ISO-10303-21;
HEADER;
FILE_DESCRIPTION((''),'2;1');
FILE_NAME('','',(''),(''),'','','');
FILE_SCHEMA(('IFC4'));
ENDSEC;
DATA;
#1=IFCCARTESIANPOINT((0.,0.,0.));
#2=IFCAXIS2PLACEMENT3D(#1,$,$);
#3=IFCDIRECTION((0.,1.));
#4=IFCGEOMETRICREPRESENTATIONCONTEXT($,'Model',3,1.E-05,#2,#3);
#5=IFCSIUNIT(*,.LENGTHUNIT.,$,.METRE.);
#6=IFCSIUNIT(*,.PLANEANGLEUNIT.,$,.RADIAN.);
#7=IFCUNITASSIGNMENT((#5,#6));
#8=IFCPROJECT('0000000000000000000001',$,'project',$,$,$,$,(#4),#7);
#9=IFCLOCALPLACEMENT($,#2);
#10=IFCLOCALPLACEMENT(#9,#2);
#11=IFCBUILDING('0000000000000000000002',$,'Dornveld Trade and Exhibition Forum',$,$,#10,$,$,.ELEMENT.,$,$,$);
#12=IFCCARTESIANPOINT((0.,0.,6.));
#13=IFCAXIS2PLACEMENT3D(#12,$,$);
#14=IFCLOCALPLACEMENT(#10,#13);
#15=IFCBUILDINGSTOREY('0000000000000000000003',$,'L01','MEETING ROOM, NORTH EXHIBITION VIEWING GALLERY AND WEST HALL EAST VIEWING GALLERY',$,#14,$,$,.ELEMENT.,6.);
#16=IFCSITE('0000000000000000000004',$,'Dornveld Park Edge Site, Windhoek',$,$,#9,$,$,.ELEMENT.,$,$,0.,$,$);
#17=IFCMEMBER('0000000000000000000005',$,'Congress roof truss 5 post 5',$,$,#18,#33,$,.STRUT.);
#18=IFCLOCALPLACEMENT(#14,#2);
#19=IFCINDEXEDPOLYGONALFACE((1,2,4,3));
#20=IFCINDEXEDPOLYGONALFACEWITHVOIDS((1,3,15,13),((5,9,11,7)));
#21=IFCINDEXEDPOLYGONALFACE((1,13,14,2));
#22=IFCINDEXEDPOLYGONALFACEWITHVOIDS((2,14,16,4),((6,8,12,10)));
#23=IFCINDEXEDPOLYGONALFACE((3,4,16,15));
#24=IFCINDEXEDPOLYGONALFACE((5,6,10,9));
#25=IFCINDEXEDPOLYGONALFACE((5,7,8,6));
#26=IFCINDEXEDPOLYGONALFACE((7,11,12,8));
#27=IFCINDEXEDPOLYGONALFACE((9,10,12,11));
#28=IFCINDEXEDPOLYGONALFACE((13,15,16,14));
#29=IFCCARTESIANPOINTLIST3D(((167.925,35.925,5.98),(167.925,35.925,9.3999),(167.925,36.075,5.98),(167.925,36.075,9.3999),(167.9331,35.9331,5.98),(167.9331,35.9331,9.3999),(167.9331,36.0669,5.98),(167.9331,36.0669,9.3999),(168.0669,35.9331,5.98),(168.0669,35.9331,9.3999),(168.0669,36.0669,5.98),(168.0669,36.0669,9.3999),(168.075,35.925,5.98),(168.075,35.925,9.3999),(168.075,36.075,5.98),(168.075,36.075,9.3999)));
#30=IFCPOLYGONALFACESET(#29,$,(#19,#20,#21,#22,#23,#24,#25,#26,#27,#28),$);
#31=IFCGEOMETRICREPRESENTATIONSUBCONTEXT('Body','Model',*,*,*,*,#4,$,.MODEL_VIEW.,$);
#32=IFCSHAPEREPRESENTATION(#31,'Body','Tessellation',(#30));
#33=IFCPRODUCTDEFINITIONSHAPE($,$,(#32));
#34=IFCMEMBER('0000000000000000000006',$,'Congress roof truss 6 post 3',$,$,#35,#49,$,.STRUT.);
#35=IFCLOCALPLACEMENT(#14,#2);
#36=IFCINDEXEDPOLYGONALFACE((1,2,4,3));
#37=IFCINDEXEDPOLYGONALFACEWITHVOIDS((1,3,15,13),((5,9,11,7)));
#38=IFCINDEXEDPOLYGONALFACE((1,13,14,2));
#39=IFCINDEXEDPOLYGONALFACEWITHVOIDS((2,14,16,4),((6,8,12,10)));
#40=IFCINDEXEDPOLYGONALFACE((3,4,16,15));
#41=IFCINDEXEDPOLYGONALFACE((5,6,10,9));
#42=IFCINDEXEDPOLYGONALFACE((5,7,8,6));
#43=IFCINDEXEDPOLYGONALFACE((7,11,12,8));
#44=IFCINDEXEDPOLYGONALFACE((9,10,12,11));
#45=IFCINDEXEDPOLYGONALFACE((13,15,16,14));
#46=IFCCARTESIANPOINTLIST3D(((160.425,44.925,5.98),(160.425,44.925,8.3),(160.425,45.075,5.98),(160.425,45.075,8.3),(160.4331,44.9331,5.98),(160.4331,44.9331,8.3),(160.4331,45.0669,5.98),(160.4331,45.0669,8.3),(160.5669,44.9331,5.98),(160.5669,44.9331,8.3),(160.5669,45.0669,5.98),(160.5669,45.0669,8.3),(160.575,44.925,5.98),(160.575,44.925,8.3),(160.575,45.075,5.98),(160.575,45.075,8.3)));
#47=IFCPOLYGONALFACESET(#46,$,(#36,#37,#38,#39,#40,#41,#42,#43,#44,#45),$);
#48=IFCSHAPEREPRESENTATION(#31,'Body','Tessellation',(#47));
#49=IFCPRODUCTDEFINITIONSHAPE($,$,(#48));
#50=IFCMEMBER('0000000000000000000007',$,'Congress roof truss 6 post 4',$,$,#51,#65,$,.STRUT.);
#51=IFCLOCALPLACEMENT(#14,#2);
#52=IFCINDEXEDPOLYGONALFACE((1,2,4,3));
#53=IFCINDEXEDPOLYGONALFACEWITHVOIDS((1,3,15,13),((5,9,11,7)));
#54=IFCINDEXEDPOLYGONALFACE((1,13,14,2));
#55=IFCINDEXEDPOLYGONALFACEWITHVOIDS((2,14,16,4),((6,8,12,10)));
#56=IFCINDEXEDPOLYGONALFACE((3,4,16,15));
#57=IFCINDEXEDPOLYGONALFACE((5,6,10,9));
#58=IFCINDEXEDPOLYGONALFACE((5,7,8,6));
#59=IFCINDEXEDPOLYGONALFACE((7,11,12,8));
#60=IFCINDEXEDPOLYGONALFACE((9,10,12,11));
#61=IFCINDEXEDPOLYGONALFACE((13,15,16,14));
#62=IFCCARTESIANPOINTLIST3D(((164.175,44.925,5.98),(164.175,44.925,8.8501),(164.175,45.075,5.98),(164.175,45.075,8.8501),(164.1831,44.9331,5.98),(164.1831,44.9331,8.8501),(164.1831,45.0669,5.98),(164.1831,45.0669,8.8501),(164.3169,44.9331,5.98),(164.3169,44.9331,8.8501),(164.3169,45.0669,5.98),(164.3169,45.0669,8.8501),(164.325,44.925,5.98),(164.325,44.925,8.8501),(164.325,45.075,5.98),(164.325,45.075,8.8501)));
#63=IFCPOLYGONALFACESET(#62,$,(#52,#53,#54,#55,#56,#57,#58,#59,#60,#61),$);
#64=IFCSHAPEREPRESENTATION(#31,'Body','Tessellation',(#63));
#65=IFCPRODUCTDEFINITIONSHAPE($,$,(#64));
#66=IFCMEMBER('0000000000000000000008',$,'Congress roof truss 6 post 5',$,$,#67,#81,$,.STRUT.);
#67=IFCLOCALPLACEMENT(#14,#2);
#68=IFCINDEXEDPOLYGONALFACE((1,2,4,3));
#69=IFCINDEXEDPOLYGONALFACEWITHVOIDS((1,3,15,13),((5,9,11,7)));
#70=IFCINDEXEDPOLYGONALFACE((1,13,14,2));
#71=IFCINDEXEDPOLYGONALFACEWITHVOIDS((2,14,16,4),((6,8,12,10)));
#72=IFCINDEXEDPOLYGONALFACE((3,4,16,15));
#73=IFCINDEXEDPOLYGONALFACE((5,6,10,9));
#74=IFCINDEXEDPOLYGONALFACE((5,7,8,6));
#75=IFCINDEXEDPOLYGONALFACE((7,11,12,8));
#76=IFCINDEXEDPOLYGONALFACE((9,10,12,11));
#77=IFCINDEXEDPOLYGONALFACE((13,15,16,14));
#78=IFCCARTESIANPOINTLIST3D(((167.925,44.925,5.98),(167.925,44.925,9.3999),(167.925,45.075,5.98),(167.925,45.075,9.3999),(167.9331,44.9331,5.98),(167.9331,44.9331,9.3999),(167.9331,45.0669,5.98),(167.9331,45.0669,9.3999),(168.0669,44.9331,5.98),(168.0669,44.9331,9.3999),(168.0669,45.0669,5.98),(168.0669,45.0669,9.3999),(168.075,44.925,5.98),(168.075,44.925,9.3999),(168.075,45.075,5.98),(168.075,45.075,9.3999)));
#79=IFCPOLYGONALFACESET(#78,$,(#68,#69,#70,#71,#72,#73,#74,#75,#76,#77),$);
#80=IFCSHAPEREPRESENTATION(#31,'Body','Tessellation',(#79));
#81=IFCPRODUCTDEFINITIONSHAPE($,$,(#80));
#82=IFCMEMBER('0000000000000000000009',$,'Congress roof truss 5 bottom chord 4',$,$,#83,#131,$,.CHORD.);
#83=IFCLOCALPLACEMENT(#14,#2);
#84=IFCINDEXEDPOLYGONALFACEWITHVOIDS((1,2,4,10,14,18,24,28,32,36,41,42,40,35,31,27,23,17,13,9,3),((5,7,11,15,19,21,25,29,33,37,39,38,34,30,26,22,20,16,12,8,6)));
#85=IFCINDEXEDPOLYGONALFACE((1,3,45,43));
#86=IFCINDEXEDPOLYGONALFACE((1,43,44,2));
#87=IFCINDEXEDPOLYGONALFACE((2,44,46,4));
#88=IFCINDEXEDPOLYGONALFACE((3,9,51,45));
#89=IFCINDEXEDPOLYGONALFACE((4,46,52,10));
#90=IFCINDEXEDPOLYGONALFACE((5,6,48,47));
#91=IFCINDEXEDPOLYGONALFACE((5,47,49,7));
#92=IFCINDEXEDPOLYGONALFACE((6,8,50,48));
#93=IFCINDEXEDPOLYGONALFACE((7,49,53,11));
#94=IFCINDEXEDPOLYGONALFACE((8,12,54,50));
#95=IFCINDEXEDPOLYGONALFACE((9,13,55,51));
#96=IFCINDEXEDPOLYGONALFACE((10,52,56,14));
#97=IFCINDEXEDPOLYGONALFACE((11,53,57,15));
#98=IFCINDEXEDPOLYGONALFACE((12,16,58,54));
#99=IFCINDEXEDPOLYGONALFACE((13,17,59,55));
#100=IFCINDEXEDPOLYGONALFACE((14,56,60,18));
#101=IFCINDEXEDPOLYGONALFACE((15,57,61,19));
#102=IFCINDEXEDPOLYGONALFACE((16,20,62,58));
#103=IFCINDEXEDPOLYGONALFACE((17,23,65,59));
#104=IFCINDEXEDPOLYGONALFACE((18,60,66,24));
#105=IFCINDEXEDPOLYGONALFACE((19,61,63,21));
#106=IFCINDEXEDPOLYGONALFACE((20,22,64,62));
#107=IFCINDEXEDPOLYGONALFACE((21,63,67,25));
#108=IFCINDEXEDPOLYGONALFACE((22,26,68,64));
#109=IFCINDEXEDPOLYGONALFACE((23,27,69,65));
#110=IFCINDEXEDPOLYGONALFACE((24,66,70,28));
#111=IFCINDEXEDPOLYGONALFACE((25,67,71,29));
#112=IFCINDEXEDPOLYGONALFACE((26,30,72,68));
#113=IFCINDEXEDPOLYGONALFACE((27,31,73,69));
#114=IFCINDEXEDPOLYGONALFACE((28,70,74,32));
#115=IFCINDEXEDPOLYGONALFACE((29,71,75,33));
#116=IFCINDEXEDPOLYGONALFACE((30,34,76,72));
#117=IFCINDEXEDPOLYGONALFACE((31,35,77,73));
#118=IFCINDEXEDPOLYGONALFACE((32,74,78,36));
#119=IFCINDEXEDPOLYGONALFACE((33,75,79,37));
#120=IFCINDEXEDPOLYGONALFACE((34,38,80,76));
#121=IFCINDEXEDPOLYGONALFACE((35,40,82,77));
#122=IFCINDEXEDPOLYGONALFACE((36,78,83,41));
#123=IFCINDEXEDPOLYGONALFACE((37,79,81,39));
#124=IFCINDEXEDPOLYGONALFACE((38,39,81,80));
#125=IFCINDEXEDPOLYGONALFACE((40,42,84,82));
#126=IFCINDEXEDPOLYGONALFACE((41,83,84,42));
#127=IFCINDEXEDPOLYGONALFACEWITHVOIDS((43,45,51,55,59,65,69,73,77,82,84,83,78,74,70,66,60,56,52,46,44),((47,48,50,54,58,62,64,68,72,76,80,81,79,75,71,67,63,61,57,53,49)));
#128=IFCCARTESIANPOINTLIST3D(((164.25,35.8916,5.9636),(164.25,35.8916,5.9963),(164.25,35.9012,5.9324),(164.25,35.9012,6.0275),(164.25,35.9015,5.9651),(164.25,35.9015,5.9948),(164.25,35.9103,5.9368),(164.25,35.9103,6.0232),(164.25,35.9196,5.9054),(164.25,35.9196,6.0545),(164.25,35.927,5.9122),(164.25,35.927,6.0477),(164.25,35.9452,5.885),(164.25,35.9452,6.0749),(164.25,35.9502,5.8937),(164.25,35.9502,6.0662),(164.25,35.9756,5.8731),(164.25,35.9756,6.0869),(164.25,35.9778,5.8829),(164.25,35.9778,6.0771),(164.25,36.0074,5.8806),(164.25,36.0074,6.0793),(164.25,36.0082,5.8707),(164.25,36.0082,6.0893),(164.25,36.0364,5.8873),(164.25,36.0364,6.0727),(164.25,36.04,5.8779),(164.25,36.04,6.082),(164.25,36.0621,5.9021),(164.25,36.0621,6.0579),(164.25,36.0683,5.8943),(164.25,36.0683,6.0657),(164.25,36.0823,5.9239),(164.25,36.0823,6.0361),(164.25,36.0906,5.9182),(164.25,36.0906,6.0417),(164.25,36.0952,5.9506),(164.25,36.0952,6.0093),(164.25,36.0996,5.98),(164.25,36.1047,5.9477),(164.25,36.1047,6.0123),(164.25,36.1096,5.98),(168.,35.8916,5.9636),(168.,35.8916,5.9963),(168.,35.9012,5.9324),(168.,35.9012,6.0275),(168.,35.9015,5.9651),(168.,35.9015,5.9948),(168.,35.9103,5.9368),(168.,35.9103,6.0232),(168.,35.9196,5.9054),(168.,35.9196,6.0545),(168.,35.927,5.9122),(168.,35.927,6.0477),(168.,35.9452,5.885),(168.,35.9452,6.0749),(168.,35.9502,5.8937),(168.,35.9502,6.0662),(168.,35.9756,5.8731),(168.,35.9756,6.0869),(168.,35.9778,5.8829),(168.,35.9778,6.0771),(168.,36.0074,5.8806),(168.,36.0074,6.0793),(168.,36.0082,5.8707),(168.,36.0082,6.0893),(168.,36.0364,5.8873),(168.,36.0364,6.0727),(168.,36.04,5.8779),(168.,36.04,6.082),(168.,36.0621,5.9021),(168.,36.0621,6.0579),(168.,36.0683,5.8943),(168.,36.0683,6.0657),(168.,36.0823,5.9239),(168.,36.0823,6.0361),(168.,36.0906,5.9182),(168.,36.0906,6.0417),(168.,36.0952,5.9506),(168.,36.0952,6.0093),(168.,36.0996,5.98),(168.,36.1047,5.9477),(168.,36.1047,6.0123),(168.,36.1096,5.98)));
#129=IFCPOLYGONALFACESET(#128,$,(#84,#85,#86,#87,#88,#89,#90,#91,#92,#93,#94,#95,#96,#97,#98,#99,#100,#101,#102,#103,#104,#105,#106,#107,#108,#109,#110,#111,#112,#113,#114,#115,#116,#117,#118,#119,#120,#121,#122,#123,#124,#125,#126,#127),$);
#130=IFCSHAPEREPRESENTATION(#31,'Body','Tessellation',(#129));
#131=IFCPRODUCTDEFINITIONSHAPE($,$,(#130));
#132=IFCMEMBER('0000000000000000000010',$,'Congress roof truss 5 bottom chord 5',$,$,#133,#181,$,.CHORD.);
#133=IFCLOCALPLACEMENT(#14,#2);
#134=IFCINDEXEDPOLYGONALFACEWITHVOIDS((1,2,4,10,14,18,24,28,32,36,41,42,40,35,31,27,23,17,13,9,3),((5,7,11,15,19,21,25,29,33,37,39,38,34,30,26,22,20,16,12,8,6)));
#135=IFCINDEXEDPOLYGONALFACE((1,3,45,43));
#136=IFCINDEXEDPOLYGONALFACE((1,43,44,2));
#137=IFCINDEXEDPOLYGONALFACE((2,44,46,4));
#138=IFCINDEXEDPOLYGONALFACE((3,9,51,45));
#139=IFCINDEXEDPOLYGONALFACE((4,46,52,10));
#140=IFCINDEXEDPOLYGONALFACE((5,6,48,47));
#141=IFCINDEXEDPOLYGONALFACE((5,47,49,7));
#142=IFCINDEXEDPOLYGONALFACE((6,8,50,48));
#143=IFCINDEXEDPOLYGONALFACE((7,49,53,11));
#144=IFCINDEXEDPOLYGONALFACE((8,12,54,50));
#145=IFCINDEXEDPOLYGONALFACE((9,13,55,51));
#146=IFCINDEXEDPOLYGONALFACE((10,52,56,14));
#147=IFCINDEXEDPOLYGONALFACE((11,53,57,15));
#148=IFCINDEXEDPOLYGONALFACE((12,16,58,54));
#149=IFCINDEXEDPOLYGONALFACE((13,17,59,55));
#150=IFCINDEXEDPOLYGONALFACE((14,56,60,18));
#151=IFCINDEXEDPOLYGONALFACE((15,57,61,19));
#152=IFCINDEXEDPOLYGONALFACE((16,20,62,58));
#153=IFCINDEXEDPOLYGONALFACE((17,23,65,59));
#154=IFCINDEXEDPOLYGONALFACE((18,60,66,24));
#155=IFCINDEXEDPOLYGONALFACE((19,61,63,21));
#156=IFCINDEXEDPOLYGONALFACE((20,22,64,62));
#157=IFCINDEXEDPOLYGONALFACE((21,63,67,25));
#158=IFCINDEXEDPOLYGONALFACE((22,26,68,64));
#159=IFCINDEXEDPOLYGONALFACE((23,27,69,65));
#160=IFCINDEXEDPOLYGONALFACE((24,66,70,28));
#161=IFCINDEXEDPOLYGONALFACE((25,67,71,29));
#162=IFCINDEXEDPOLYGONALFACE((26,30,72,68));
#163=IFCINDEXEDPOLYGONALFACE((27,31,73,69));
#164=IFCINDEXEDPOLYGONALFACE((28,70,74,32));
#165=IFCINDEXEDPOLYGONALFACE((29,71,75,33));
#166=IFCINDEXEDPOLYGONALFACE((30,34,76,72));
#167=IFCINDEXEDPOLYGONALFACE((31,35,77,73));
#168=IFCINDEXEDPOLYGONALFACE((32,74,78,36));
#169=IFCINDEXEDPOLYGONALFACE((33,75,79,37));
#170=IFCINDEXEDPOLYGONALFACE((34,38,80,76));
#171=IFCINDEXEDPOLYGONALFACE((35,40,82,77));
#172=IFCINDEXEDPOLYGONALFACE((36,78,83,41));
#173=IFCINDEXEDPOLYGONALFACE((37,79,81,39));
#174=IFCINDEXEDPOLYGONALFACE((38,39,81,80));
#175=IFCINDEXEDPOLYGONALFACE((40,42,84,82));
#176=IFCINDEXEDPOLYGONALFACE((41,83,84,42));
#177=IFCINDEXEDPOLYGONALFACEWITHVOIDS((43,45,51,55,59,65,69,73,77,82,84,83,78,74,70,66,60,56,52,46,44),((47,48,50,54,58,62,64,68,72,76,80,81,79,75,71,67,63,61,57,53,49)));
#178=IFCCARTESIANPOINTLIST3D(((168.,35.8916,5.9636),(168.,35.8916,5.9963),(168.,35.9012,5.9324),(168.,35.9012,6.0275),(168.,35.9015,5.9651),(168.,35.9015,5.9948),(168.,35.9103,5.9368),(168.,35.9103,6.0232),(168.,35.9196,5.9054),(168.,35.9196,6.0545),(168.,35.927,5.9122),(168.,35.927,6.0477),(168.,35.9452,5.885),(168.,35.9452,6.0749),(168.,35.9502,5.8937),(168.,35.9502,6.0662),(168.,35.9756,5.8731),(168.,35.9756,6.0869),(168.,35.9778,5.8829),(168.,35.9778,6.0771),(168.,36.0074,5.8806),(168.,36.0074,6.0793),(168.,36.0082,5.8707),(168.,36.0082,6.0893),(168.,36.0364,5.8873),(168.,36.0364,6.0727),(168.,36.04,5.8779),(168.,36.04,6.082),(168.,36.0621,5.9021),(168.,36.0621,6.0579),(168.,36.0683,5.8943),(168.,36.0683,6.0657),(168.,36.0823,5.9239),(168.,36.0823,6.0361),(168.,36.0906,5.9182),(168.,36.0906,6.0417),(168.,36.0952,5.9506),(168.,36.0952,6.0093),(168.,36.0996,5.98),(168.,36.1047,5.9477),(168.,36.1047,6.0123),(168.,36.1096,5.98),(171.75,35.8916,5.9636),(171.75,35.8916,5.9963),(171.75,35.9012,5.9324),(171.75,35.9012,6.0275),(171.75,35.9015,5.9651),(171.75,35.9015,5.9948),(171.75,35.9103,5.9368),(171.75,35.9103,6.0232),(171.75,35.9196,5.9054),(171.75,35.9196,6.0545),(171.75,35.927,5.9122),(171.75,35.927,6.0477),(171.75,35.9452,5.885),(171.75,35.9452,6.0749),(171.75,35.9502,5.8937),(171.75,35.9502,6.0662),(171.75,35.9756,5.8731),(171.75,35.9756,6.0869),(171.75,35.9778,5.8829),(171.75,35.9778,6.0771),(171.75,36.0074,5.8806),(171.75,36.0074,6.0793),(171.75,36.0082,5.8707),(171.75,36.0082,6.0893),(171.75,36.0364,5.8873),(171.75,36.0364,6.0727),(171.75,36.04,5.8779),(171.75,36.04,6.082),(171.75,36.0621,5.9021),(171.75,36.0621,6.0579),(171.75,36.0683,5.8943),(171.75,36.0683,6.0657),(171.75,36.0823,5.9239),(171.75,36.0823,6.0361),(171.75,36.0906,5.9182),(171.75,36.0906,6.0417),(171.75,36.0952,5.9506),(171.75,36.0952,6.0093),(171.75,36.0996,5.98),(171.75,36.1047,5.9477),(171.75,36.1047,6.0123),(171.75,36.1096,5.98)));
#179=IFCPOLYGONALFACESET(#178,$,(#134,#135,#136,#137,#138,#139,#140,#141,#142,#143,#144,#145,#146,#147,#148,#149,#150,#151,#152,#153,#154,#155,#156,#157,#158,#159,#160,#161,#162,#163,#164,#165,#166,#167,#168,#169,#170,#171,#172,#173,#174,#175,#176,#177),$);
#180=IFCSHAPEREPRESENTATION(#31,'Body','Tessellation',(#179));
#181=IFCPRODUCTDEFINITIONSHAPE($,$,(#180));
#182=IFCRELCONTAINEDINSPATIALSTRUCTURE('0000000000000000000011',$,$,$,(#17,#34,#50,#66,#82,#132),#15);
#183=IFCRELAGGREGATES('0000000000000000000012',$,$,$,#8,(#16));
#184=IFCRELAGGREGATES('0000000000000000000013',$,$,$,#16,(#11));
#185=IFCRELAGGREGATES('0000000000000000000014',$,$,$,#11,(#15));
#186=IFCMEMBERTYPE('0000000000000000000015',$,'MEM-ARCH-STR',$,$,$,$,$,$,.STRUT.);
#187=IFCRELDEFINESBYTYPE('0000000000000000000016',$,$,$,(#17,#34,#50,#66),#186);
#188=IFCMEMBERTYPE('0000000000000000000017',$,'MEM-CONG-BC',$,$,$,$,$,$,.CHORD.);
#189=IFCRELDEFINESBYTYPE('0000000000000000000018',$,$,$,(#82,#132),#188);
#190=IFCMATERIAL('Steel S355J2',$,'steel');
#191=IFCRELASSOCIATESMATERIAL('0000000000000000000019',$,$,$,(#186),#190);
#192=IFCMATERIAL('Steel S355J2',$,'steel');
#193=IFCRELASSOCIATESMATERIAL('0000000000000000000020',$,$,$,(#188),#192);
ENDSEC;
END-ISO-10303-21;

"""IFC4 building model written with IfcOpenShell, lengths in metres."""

from ifc_helpers import new_model, si_unit, direction, frame, origin, origin_2d, place, context, subcontext, project, spatial, hollow_rectangle, hollow_circle, extrude, material, material_profile, profile_set, type_object, element, save


model = new_model("IFC4")

# Units and contexts
model_context = context("Model", 3, precision=1e-05, world=origin(), true_north=direction((0.0, 1.0)))
body_context = subcontext(model_context, "Body", "Model", "MODEL_VIEW")
ifc_project = project(units=[si_unit("LENGTHUNIT", "METRE"), si_unit("PLANEANGLEUNIT", "RADIAN")], contexts=[model_context])

# Site, building, storey
site_placement = place(None, origin())
site = spatial("IfcSite", under=ifc_project, at=site_placement, Name="Dornveld Park Edge Site, Windhoek", CompositionType="ELEMENT", RefElevation=0.0)
building_placement = place(site_placement, origin())
building = spatial("IfcBuilding", under=site, at=building_placement, Name="Dornveld Trade and Exhibition Forum", CompositionType="ELEMENT")
storey_placement = place(building_placement, frame((0.0, 0.0, 6.0)))
storey = spatial("IfcBuildingStorey", under=building, at=storey_placement, Name="L01", Description="MEETING ROOM, NORTH EXHIBITION VIEWING GALLERY AND WEST HALL EAST VIEWING GALLERY", CompositionType="ELEMENT", Elevation=6.0)

# Members
ifc_material_1 = material(Name="Steel S355J2", Category="steel")
ifc_material_profile_1 = material_profile(ifc_material_1, hollow_rectangle(XDim=0.1499, YDim=0.1499, WallThickness=0.0081, at=origin_2d()), Name="SHS 150x150x8")
ifc_profile_set_1 = profile_set([ifc_material_profile_1], Name="Steel S355J2")
member_type_1 = type_object("IfcMemberType", Name="MEM-ARCH-STR", PredefinedType="STRUT", material=ifc_profile_set_1)
member_1_placement = place(storey_placement, frame((168.0, 36.0, 5.98), z_axis=(0.0, 0.0, 1.0), x_axis=(1.0, 0.0, 0.0)))
element("IfcMember", 1, at=member_1_placement, inside=storey, type_object=member_type_1, Name="Congress roof truss 5 post 5", PredefinedType="STRUT", context=body_context, shape_type="SweptSolid", body=[
    extrude(hollow_rectangle(XDim=0.1499, YDim=0.1499, WallThickness=0.0081, at=origin_2d()), origin(), (0.0, 0.0, 1.0), 3.4199),
])
member_2_placement = place(storey_placement, frame((160.5, 45.0, 5.98), z_axis=(0.0, 0.0, 1.0), x_axis=(1.0, 0.0, 0.0)))
element("IfcMember", 2, at=member_2_placement, inside=storey, type_object=member_type_1, Name="Congress roof truss 6 post 3", PredefinedType="STRUT", context=body_context, shape_type="SweptSolid", body=[
    extrude(hollow_rectangle(XDim=0.1499, YDim=0.1499, WallThickness=0.0081, at=origin_2d()), origin(), (0.0, 0.0, 1.0), 2.3201),
])
member_3_placement = place(storey_placement, frame((164.25, 45.0, 5.98), z_axis=(0.0, 0.0, 1.0), x_axis=(1.0, 0.0, 0.0)))
element("IfcMember", 3, at=member_3_placement, inside=storey, type_object=member_type_1, Name="Congress roof truss 6 post 4", PredefinedType="STRUT", context=body_context, shape_type="SweptSolid", body=[
    extrude(hollow_rectangle(XDim=0.1499, YDim=0.1499, WallThickness=0.0081, at=origin_2d()), origin(), (0.0, 0.0, 1.0), 2.8701),
])
member_4_placement = place(storey_placement, frame((168.0, 45.0, 5.98), z_axis=(0.0, 0.0, 1.0), x_axis=(1.0, 0.0, 0.0)))
element("IfcMember", 4, at=member_4_placement, inside=storey, type_object=member_type_1, Name="Congress roof truss 6 post 5", PredefinedType="STRUT", context=body_context, shape_type="SweptSolid", body=[
    extrude(hollow_rectangle(XDim=0.1499, YDim=0.1499, WallThickness=0.0081, at=origin_2d()), origin(), (0.0, 0.0, 1.0), 3.4199),
])
ifc_material_2 = material(Name="Steel S355J2", Category="steel")
ifc_material_profile_2 = material_profile(ifc_material_2, hollow_circle(Radius=0.1096, WallThickness=0.01, at=origin_2d()), Name="CHS 219.1x10")
ifc_profile_set_2 = profile_set([ifc_material_profile_2], Name="Steel S355J2")
member_type_2 = type_object("IfcMemberType", Name="MEM-CONG-BC", PredefinedType="CHORD", material=ifc_profile_set_2)
for number, where, z_axis, x_axis, name in (
    (5, (164.25, 36.0, 5.98), (1.0, 0.0, 0.0), (0.0, 1.0, 0.0), "Congress roof truss 5 bottom chord 4"),
    (6, (168.0, 36.0, 5.98), (1.0, 0.0, 0.0), (0.0, 1.0, 0.0), "Congress roof truss 5 bottom chord 5"),
):
    element("IfcMember", number, at=place(storey_placement, frame(where, z_axis=z_axis, x_axis=x_axis)), inside=storey, type_object=member_type_2, Name=name, PredefinedType="CHORD", context=body_context, shape_type="SweptSolid", body=[
        extrude(hollow_circle(Radius=0.1096, WallThickness=0.01, at=origin_2d()), origin(), (0.0, 0.0, 1.0), 3.75),
    ])

save(model, "model.ifc")
